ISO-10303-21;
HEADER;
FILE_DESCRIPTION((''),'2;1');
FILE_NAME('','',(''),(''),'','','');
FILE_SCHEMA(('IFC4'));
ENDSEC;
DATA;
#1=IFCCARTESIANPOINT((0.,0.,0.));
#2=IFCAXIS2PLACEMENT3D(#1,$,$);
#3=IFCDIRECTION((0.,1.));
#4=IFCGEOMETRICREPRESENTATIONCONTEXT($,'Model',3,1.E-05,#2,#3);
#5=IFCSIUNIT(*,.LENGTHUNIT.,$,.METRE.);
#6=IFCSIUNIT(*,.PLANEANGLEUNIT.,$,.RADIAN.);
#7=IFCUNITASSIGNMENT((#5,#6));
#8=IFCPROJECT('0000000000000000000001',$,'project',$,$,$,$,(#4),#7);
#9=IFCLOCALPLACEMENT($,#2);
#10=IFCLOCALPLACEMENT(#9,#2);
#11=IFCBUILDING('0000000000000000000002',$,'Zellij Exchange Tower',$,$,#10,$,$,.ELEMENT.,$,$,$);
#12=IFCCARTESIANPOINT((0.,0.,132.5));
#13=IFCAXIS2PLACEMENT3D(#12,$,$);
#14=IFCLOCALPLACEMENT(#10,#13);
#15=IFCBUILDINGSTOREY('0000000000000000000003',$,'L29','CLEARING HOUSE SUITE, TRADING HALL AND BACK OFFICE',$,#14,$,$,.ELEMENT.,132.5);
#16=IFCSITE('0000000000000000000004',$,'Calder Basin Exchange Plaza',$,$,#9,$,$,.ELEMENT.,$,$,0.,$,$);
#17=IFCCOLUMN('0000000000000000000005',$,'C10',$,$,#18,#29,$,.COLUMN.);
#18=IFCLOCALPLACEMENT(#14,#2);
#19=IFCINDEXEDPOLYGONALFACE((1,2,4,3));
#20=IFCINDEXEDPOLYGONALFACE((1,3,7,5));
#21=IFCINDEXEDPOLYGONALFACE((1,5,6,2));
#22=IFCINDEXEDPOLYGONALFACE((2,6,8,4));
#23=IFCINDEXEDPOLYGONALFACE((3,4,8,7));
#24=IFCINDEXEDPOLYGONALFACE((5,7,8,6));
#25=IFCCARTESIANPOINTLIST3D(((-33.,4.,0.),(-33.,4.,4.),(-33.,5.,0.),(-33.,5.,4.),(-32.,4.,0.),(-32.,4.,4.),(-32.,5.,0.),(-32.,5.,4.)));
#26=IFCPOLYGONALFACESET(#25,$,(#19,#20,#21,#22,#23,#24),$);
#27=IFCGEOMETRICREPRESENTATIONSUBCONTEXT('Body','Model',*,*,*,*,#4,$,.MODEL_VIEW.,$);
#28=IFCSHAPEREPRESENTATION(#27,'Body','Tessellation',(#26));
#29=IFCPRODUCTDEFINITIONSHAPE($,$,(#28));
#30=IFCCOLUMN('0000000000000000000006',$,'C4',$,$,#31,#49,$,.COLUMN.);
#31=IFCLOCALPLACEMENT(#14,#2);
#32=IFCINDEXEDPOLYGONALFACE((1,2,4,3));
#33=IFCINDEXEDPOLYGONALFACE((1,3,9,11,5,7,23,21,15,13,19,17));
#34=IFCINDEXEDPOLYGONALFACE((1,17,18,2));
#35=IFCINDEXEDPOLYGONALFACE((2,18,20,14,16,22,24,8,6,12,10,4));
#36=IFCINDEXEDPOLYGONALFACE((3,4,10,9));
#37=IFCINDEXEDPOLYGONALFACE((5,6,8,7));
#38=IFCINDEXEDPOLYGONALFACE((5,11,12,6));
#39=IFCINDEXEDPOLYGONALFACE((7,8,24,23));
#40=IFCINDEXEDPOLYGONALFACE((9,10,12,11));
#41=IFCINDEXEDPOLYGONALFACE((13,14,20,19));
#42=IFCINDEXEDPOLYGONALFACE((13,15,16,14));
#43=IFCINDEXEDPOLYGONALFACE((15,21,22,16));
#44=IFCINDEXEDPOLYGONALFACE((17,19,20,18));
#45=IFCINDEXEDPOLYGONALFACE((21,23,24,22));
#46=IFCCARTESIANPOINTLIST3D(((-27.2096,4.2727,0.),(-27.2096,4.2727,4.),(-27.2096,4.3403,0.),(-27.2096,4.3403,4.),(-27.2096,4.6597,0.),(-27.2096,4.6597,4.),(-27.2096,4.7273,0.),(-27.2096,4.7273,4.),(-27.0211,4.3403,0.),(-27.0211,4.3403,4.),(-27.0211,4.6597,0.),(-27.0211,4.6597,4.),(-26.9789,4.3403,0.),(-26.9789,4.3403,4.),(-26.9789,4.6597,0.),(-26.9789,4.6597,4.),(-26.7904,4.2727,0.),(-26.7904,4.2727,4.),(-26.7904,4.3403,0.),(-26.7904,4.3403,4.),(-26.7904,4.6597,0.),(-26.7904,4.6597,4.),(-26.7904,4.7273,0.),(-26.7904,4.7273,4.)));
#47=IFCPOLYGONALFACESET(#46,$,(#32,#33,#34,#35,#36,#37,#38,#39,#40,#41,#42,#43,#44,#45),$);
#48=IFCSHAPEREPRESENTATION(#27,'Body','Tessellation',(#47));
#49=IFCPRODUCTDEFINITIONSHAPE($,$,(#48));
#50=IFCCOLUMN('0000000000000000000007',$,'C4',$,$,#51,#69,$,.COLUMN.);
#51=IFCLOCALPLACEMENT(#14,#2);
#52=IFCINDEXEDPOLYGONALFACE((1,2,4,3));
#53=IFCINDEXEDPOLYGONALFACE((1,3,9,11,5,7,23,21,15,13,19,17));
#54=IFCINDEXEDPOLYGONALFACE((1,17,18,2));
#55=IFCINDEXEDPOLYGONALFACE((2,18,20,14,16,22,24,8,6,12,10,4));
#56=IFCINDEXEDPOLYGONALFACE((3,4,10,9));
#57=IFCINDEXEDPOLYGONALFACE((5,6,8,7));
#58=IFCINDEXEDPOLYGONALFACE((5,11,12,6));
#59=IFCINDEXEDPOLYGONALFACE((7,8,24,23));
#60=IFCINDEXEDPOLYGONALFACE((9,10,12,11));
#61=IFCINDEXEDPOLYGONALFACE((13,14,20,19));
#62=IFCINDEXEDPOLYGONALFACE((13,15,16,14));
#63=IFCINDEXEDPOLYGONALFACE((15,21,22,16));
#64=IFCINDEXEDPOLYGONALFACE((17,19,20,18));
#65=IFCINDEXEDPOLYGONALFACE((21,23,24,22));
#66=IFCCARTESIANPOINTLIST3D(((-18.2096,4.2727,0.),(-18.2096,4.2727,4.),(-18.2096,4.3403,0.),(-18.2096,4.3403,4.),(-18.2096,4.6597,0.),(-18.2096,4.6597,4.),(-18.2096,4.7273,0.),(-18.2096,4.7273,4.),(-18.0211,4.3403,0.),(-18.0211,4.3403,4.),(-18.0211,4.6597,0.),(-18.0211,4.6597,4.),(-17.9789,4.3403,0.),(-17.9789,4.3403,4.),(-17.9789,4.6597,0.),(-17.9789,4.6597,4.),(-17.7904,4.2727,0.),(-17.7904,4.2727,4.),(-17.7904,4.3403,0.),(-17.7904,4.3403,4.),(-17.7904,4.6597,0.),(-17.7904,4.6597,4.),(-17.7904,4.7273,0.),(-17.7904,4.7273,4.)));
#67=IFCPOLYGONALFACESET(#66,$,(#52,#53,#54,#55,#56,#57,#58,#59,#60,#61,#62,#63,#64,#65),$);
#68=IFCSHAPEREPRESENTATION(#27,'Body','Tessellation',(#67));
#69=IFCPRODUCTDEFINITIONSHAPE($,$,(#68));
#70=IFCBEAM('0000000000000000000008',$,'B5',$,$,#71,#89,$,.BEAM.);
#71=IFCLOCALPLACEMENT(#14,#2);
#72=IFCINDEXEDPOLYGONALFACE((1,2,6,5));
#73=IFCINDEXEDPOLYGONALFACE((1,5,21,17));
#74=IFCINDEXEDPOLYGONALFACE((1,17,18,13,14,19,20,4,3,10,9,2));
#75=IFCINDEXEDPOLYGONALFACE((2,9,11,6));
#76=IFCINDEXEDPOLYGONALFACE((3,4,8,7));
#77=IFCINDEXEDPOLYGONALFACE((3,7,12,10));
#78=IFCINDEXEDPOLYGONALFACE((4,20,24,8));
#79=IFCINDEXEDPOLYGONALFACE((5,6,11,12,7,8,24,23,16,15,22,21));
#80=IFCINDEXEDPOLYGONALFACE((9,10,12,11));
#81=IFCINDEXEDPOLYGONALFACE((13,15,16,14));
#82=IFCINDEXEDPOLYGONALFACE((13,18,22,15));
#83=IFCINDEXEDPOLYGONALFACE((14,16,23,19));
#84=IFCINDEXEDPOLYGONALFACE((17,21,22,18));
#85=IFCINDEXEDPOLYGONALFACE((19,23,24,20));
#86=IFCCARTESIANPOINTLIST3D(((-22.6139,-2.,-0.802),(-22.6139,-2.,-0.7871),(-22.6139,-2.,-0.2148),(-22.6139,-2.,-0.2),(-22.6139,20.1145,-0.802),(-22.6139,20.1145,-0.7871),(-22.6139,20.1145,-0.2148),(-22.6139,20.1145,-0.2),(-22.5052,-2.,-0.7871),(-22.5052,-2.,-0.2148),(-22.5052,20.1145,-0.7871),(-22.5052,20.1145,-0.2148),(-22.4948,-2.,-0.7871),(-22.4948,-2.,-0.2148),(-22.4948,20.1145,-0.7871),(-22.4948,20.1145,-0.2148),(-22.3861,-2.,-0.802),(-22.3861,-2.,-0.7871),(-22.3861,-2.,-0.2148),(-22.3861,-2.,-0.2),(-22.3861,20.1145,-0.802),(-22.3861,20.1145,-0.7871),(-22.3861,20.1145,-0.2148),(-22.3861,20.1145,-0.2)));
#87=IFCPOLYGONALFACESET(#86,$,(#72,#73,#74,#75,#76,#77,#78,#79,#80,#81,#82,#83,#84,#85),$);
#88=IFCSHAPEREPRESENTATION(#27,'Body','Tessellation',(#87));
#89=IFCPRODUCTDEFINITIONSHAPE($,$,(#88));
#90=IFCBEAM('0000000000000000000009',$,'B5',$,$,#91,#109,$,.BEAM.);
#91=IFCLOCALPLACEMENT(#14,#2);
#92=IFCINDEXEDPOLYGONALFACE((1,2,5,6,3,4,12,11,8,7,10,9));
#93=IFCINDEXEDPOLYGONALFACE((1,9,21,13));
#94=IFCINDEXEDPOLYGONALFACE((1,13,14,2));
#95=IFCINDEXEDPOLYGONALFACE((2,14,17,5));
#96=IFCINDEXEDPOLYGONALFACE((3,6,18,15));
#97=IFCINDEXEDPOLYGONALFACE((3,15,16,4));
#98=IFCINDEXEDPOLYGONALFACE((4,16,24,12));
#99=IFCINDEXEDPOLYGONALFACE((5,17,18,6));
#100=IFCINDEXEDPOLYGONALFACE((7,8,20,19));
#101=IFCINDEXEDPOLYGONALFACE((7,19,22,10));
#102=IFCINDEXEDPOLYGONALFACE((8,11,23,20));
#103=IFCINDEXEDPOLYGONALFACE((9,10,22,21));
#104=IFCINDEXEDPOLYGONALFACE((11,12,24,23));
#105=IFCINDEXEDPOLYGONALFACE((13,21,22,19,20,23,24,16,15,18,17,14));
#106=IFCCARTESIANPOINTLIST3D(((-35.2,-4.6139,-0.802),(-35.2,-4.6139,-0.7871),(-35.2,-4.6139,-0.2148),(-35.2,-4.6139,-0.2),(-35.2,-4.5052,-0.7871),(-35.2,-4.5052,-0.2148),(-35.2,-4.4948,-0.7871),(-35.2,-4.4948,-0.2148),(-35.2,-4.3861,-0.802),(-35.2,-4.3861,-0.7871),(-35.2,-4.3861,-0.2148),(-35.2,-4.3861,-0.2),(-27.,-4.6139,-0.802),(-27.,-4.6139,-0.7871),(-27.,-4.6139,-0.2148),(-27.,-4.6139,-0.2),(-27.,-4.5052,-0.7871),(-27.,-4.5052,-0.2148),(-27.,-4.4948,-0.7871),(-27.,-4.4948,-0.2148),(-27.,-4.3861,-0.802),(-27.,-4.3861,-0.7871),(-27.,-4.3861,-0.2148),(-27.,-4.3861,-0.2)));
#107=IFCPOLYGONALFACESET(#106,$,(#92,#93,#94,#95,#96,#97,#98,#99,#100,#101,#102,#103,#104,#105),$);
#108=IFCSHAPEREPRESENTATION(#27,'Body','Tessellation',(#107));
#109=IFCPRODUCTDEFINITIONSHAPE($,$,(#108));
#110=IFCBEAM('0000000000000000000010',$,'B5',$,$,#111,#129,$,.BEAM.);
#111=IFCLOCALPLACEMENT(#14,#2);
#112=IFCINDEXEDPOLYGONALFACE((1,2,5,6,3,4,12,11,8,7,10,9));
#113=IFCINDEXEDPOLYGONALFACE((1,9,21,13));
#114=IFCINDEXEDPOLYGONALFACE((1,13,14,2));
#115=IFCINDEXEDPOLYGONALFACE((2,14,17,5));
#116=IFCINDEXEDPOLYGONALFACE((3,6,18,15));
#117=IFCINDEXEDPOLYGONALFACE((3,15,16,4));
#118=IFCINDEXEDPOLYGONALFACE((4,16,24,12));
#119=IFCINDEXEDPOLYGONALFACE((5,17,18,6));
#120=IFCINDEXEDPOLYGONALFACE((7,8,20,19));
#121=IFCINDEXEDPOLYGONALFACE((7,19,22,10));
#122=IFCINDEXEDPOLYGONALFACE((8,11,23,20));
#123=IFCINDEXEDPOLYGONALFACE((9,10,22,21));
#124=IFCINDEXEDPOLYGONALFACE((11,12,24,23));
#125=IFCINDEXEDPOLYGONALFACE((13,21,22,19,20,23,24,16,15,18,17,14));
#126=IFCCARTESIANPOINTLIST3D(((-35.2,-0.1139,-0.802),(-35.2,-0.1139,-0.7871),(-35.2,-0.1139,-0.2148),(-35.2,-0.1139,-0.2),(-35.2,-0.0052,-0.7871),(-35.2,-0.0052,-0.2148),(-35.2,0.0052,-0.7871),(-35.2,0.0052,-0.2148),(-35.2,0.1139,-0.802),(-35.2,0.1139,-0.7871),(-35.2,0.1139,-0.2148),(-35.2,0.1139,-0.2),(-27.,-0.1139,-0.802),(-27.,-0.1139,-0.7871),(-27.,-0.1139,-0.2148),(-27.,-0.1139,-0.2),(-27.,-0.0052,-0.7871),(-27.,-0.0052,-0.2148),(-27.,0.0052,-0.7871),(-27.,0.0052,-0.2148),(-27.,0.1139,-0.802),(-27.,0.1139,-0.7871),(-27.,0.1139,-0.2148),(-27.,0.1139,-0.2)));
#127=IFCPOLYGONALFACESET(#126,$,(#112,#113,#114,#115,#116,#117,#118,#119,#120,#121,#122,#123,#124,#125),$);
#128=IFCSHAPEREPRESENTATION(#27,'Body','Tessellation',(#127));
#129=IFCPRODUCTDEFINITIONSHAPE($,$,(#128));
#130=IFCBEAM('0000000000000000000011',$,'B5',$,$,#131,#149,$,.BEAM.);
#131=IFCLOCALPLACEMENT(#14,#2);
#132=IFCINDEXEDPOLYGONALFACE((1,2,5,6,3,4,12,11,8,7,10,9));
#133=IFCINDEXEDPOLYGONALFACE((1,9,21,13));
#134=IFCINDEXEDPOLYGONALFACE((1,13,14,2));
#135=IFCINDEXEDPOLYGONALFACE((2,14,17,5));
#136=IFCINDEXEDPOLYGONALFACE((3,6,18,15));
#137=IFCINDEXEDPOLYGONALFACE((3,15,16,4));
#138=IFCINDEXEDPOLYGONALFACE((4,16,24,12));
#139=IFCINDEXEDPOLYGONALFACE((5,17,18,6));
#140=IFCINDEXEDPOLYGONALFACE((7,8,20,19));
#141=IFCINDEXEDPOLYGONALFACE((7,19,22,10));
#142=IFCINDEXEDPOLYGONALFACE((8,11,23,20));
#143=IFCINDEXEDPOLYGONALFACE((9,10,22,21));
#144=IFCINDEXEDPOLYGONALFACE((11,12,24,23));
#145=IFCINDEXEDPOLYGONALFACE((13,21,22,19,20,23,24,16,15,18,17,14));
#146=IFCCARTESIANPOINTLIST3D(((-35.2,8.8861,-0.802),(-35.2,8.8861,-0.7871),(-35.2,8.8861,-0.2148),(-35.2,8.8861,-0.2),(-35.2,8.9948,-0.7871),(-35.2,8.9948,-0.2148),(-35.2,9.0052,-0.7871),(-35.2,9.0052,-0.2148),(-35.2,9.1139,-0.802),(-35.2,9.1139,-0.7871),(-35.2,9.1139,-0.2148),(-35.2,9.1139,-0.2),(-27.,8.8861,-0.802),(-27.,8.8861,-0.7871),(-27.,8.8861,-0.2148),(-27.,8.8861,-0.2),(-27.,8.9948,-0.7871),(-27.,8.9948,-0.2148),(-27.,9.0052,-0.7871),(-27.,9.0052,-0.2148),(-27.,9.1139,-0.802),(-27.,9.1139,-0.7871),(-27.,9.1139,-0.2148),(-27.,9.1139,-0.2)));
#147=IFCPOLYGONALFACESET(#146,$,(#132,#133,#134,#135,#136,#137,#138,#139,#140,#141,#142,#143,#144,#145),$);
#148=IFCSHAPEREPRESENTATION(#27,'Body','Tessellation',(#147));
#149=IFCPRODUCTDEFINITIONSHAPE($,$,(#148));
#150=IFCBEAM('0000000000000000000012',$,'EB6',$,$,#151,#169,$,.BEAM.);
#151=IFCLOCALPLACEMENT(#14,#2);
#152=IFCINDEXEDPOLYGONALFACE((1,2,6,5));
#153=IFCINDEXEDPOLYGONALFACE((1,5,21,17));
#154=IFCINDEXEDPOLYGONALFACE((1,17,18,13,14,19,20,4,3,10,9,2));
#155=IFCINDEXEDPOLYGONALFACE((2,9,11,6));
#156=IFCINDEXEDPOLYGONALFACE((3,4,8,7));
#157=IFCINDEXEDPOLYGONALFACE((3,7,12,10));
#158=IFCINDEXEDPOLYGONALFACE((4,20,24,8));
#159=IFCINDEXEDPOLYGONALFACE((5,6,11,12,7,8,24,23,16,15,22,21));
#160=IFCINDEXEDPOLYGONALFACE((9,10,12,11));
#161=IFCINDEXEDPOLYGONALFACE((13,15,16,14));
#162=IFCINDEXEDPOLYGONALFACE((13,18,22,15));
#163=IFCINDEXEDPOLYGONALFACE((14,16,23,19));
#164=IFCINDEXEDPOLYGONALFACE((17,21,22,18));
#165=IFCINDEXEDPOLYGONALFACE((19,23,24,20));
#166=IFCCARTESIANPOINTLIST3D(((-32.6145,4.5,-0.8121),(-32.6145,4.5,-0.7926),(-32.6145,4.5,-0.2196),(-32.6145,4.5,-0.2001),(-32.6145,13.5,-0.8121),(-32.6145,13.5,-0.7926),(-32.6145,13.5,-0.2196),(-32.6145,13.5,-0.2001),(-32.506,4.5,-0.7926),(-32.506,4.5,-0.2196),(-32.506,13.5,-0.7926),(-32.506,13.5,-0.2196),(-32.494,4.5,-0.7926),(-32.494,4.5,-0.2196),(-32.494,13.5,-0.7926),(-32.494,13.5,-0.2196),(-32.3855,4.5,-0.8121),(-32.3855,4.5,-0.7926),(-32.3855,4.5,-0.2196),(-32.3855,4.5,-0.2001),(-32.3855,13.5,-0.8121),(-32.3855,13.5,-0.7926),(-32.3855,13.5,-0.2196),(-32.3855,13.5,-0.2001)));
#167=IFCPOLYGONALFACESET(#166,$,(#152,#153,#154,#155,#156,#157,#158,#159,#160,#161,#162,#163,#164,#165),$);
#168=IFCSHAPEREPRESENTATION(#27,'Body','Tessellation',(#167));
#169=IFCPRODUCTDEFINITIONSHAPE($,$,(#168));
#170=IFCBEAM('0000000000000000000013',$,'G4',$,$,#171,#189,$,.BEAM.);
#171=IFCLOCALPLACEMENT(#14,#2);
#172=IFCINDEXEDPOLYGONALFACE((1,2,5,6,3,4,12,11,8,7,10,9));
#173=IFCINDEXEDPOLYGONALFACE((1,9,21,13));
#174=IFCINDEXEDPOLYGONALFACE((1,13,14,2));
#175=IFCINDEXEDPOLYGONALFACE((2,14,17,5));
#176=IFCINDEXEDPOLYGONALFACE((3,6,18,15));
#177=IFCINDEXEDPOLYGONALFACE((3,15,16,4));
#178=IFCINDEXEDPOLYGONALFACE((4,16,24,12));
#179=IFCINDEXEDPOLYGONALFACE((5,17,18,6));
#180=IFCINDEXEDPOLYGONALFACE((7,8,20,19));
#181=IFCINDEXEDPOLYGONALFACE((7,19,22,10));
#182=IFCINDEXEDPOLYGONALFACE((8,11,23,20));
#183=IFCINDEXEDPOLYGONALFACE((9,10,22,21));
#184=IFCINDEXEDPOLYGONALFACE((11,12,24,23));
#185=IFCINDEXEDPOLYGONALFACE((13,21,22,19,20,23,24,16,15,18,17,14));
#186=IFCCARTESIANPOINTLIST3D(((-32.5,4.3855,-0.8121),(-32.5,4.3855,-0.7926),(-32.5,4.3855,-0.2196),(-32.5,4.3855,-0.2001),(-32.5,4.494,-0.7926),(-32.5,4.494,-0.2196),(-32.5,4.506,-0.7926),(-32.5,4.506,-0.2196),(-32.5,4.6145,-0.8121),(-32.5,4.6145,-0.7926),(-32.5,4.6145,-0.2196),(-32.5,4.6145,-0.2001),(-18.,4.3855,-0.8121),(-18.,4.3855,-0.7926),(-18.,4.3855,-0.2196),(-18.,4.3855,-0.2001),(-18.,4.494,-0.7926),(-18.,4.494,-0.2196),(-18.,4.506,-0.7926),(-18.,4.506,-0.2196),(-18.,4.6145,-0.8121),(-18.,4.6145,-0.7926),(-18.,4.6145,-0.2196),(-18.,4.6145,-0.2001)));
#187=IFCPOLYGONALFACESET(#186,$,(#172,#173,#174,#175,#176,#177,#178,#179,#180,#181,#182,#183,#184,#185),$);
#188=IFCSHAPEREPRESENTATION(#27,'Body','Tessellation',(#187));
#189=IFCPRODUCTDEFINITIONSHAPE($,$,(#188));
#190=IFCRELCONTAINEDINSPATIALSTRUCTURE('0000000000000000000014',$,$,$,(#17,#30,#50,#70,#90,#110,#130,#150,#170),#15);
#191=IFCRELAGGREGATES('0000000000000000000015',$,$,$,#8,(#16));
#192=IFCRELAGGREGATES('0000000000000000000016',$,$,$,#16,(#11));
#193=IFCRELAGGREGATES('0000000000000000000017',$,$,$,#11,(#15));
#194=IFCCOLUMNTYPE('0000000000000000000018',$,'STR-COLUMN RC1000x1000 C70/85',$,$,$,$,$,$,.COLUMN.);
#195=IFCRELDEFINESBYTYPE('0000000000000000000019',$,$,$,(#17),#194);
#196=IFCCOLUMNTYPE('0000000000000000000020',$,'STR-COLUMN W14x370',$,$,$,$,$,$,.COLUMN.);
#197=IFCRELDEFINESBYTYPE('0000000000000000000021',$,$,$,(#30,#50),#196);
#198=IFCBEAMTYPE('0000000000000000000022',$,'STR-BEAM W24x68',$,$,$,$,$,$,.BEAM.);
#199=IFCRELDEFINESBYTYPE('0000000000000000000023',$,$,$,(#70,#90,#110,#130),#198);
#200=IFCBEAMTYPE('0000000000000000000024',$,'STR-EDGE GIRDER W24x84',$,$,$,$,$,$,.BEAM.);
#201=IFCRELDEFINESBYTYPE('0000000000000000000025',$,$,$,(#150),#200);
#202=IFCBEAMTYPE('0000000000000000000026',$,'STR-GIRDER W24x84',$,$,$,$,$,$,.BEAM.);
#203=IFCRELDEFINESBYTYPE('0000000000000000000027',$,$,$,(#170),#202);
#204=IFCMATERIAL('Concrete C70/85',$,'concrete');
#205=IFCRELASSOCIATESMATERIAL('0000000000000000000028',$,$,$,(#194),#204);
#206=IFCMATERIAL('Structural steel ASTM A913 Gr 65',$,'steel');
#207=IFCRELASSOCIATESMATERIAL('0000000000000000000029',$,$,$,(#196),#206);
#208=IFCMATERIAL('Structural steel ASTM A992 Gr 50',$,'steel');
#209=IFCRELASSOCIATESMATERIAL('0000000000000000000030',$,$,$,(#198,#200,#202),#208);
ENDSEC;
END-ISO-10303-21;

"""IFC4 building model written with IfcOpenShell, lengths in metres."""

from ifc_helpers import new_model, si_unit, direction, frame, origin, origin_2d, place, context, subcontext, project, spatial, rectangle, i_section, extrude, material, material_profile, profile_set, type_object, element, save


model = new_model("IFC4")

# Units and contexts
model_context = context("Model", 3, precision=1e-05, world=origin(), true_north=direction((0.0, 1.0)))
body_context = subcontext(model_context, "Body", "Model", "MODEL_VIEW")
ifc_project = project(units=[si_unit("LENGTHUNIT", "METRE"), si_unit("PLANEANGLEUNIT", "RADIAN")], contexts=[model_context])

# Site, building, storey
site_placement = place(None, origin())
site = spatial("IfcSite", under=ifc_project, at=site_placement, Name="Calder Basin Exchange Plaza", CompositionType="ELEMENT", RefElevation=0.0)
building_placement = place(site_placement, origin())
building = spatial("IfcBuilding", under=site, at=building_placement, Name="Zellij Exchange Tower", CompositionType="ELEMENT")
storey_placement = place(building_placement, frame((0.0, 0.0, 132.5)))
storey = spatial("IfcBuildingStorey", under=building, at=storey_placement, Name="L29", Description="CLEARING HOUSE SUITE, TRADING HALL AND BACK OFFICE", CompositionType="ELEMENT", Elevation=132.5)

# Columns
ifc_material_1 = material(Name="Concrete C70/85", Category="concrete")
ifc_material_profile_1 = material_profile(ifc_material_1, rectangle(XDim=1.0, YDim=1.0, at=origin_2d()), Name="STR-COLUMN RC1000x1000 C70/85")
ifc_profile_set_1 = profile_set([ifc_material_profile_1], Name="Concrete C70/85")
column_type_1 = type_object("IfcColumnType", Name="STR-COLUMN RC1000x1000 C70/85", PredefinedType="COLUMN", material=ifc_profile_set_1)
column_placement = place(storey_placement, frame((-32.5, 4.5, 0.0), z_axis=(0.0, 0.0, 1.0), x_axis=(1.0, 0.0, 0.0)))
element("IfcColumn", 1, at=column_placement, inside=storey, type_object=column_type_1, Name="C10", PredefinedType="COLUMN", context=body_context, shape_type="SweptSolid", body=[
    extrude(rectangle(XDim=1.0, YDim=1.0, at=origin_2d()), origin(), (0.0, 0.0, 1.0), 4.0),
])
ifc_material_2 = material(Name="Structural steel ASTM A913 Gr 65", Category="steel")
ifc_material_profile_2 = material_profile(ifc_material_2, i_section(OverallWidth=0.4192, OverallDepth=0.4546, WebThickness=0.0422, FlangeThickness=0.0676, at=origin_2d()), Name="W14x370")
ifc_profile_set_2 = profile_set([ifc_material_profile_2], Name="Structural steel ASTM A913 Gr 65")
column_type_2 = type_object("IfcColumnType", Name="STR-COLUMN W14x370", PredefinedType="COLUMN", material=ifc_profile_set_2)
for number, where, z_axis, x_axis, name in (
    (2, (-27.0, 4.5, 0.0), (0.0, 0.0, 1.0), (1.0, 0.0, 0.0), "C4"),
    (3, (-18.0, 4.5, 0.0), (0.0, 0.0, 1.0), (1.0, 0.0, 0.0), "C4"),
):
    element("IfcColumn", number, at=place(storey_placement, frame(where, z_axis=z_axis, x_axis=x_axis)), inside=storey, type_object=column_type_2, Name=name, PredefinedType="COLUMN", context=body_context, shape_type="SweptSolid", body=[
        extrude(i_section(OverallWidth=0.4192, OverallDepth=0.4546, WebThickness=0.0422, FlangeThickness=0.0676, at=origin_2d()), origin(), (0.0, 0.0, 1.0), 4.0),
    ])

# Beams
ifc_material_3 = material(Name="Structural steel ASTM A992 Gr 50", Category="steel")
ifc_material_profile_3 = material_profile(ifc_material_3, i_section(OverallWidth=0.2278, OverallDepth=0.6021, WebThickness=0.0105, FlangeThickness=0.0149, at=origin_2d()), Name="W24x68")
ifc_profile_set_3 = profile_set([ifc_material_profile_3], Name="Structural steel ASTM A992 Gr 50")
beam_type_1 = type_object("IfcBeamType", Name="STR-BEAM W24x68", PredefinedType="BEAM", material=ifc_profile_set_3)
beam_1_placement = place(storey_placement, frame((-22.5, -2.0, -0.501), z_axis=(0.0, 1.0, 0.0), x_axis=(-1.0, 0.0, 0.0)))
element("IfcBeam", 4, at=beam_1_placement, inside=storey, type_object=beam_type_1, Name="B5", PredefinedType="BEAM", context=body_context, shape_type="SweptSolid", body=[
    extrude(i_section(OverallWidth=0.2278, OverallDepth=0.6021, WebThickness=0.0105, FlangeThickness=0.0149, at=origin_2d()), origin(), (0.0, 0.0, 1.0), 22.1145),
])
for number, where, z_axis, x_axis, name in (
    (5, (-35.2, -4.5, -0.501), (1.0, 0.0, 0.0), (0.0, 1.0, 0.0), "B5"),
    (6, (-35.2, 0.0, -0.501), (1.0, 0.0, 0.0), (0.0, 1.0, 0.0), "B5"),
    (7, (-35.2, 9.0, -0.501), (1.0, 0.0, 0.0), (0.0, 1.0, 0.0), "B5"),
):
    element("IfcBeam", number, at=place(storey_placement, frame(where, z_axis=z_axis, x_axis=x_axis)), inside=storey, type_object=beam_type_1, Name=name, PredefinedType="BEAM", context=body_context, shape_type="SweptSolid", body=[
        extrude(i_section(OverallWidth=0.2278, OverallDepth=0.6021, WebThickness=0.0105, FlangeThickness=0.0149, at=origin_2d()), origin(), (0.0, 0.0, 1.0), 8.2),
    ])
ifc_material_profile_4 = material_profile(ifc_material_3, i_section(OverallWidth=0.229, OverallDepth=0.6121, WebThickness=0.012, FlangeThickness=0.0195, at=origin_2d()), Name="W24x84")
ifc_profile_set_4 = profile_set([ifc_material_profile_4], Name="Structural steel ASTM A992 Gr 50")
beam_type_2 = type_object("IfcBeamType", Name="STR-EDGE GIRDER W24x84", PredefinedType="BEAM", material=ifc_profile_set_4)
beam_2_placement = place(storey_placement, frame((-32.5, 4.5, -0.5061), z_axis=(0.0, 1.0, 0.0), x_axis=(-1.0, 0.0, 0.0)))
element("IfcBeam", 8, at=beam_2_placement, inside=storey, type_object=beam_type_2, Name="EB6", PredefinedType="BEAM", context=body_context, shape_type="SweptSolid", body=[
    extrude(i_section(OverallWidth=0.229, OverallDepth=0.6121, WebThickness=0.012, FlangeThickness=0.0195, at=origin_2d()), origin(), (0.0, 0.0, 1.0), 9.0),
])
ifc_material_profile_5 = material_profile(ifc_material_3, i_section(OverallWidth=0.229, OverallDepth=0.6121, WebThickness=0.012, FlangeThickness=0.0195, at=origin_2d()), Name="W24x84")
ifc_profile_set_5 = profile_set([ifc_material_profile_5], Name="Structural steel ASTM A992 Gr 50")
beam_type_3 = type_object("IfcBeamType", Name="STR-GIRDER W24x84", PredefinedType="BEAM", material=ifc_profile_set_5)
beam_3_placement = place(storey_placement, frame((-32.5, 4.5, -0.5061), z_axis=(1.0, 0.0, 0.0), x_axis=(0.0, 1.0, 0.0)))
element("IfcBeam", 9, at=beam_3_placement, inside=storey, type_object=beam_type_3, Name="G4", PredefinedType="BEAM", context=body_context, shape_type="SweptSolid", body=[
    extrude(i_section(OverallWidth=0.229, OverallDepth=0.6121, WebThickness=0.012, FlangeThickness=0.0195, at=origin_2d()), origin(), (0.0, 0.0, 1.0), 14.5),
])

save(model, "model.ifc")
